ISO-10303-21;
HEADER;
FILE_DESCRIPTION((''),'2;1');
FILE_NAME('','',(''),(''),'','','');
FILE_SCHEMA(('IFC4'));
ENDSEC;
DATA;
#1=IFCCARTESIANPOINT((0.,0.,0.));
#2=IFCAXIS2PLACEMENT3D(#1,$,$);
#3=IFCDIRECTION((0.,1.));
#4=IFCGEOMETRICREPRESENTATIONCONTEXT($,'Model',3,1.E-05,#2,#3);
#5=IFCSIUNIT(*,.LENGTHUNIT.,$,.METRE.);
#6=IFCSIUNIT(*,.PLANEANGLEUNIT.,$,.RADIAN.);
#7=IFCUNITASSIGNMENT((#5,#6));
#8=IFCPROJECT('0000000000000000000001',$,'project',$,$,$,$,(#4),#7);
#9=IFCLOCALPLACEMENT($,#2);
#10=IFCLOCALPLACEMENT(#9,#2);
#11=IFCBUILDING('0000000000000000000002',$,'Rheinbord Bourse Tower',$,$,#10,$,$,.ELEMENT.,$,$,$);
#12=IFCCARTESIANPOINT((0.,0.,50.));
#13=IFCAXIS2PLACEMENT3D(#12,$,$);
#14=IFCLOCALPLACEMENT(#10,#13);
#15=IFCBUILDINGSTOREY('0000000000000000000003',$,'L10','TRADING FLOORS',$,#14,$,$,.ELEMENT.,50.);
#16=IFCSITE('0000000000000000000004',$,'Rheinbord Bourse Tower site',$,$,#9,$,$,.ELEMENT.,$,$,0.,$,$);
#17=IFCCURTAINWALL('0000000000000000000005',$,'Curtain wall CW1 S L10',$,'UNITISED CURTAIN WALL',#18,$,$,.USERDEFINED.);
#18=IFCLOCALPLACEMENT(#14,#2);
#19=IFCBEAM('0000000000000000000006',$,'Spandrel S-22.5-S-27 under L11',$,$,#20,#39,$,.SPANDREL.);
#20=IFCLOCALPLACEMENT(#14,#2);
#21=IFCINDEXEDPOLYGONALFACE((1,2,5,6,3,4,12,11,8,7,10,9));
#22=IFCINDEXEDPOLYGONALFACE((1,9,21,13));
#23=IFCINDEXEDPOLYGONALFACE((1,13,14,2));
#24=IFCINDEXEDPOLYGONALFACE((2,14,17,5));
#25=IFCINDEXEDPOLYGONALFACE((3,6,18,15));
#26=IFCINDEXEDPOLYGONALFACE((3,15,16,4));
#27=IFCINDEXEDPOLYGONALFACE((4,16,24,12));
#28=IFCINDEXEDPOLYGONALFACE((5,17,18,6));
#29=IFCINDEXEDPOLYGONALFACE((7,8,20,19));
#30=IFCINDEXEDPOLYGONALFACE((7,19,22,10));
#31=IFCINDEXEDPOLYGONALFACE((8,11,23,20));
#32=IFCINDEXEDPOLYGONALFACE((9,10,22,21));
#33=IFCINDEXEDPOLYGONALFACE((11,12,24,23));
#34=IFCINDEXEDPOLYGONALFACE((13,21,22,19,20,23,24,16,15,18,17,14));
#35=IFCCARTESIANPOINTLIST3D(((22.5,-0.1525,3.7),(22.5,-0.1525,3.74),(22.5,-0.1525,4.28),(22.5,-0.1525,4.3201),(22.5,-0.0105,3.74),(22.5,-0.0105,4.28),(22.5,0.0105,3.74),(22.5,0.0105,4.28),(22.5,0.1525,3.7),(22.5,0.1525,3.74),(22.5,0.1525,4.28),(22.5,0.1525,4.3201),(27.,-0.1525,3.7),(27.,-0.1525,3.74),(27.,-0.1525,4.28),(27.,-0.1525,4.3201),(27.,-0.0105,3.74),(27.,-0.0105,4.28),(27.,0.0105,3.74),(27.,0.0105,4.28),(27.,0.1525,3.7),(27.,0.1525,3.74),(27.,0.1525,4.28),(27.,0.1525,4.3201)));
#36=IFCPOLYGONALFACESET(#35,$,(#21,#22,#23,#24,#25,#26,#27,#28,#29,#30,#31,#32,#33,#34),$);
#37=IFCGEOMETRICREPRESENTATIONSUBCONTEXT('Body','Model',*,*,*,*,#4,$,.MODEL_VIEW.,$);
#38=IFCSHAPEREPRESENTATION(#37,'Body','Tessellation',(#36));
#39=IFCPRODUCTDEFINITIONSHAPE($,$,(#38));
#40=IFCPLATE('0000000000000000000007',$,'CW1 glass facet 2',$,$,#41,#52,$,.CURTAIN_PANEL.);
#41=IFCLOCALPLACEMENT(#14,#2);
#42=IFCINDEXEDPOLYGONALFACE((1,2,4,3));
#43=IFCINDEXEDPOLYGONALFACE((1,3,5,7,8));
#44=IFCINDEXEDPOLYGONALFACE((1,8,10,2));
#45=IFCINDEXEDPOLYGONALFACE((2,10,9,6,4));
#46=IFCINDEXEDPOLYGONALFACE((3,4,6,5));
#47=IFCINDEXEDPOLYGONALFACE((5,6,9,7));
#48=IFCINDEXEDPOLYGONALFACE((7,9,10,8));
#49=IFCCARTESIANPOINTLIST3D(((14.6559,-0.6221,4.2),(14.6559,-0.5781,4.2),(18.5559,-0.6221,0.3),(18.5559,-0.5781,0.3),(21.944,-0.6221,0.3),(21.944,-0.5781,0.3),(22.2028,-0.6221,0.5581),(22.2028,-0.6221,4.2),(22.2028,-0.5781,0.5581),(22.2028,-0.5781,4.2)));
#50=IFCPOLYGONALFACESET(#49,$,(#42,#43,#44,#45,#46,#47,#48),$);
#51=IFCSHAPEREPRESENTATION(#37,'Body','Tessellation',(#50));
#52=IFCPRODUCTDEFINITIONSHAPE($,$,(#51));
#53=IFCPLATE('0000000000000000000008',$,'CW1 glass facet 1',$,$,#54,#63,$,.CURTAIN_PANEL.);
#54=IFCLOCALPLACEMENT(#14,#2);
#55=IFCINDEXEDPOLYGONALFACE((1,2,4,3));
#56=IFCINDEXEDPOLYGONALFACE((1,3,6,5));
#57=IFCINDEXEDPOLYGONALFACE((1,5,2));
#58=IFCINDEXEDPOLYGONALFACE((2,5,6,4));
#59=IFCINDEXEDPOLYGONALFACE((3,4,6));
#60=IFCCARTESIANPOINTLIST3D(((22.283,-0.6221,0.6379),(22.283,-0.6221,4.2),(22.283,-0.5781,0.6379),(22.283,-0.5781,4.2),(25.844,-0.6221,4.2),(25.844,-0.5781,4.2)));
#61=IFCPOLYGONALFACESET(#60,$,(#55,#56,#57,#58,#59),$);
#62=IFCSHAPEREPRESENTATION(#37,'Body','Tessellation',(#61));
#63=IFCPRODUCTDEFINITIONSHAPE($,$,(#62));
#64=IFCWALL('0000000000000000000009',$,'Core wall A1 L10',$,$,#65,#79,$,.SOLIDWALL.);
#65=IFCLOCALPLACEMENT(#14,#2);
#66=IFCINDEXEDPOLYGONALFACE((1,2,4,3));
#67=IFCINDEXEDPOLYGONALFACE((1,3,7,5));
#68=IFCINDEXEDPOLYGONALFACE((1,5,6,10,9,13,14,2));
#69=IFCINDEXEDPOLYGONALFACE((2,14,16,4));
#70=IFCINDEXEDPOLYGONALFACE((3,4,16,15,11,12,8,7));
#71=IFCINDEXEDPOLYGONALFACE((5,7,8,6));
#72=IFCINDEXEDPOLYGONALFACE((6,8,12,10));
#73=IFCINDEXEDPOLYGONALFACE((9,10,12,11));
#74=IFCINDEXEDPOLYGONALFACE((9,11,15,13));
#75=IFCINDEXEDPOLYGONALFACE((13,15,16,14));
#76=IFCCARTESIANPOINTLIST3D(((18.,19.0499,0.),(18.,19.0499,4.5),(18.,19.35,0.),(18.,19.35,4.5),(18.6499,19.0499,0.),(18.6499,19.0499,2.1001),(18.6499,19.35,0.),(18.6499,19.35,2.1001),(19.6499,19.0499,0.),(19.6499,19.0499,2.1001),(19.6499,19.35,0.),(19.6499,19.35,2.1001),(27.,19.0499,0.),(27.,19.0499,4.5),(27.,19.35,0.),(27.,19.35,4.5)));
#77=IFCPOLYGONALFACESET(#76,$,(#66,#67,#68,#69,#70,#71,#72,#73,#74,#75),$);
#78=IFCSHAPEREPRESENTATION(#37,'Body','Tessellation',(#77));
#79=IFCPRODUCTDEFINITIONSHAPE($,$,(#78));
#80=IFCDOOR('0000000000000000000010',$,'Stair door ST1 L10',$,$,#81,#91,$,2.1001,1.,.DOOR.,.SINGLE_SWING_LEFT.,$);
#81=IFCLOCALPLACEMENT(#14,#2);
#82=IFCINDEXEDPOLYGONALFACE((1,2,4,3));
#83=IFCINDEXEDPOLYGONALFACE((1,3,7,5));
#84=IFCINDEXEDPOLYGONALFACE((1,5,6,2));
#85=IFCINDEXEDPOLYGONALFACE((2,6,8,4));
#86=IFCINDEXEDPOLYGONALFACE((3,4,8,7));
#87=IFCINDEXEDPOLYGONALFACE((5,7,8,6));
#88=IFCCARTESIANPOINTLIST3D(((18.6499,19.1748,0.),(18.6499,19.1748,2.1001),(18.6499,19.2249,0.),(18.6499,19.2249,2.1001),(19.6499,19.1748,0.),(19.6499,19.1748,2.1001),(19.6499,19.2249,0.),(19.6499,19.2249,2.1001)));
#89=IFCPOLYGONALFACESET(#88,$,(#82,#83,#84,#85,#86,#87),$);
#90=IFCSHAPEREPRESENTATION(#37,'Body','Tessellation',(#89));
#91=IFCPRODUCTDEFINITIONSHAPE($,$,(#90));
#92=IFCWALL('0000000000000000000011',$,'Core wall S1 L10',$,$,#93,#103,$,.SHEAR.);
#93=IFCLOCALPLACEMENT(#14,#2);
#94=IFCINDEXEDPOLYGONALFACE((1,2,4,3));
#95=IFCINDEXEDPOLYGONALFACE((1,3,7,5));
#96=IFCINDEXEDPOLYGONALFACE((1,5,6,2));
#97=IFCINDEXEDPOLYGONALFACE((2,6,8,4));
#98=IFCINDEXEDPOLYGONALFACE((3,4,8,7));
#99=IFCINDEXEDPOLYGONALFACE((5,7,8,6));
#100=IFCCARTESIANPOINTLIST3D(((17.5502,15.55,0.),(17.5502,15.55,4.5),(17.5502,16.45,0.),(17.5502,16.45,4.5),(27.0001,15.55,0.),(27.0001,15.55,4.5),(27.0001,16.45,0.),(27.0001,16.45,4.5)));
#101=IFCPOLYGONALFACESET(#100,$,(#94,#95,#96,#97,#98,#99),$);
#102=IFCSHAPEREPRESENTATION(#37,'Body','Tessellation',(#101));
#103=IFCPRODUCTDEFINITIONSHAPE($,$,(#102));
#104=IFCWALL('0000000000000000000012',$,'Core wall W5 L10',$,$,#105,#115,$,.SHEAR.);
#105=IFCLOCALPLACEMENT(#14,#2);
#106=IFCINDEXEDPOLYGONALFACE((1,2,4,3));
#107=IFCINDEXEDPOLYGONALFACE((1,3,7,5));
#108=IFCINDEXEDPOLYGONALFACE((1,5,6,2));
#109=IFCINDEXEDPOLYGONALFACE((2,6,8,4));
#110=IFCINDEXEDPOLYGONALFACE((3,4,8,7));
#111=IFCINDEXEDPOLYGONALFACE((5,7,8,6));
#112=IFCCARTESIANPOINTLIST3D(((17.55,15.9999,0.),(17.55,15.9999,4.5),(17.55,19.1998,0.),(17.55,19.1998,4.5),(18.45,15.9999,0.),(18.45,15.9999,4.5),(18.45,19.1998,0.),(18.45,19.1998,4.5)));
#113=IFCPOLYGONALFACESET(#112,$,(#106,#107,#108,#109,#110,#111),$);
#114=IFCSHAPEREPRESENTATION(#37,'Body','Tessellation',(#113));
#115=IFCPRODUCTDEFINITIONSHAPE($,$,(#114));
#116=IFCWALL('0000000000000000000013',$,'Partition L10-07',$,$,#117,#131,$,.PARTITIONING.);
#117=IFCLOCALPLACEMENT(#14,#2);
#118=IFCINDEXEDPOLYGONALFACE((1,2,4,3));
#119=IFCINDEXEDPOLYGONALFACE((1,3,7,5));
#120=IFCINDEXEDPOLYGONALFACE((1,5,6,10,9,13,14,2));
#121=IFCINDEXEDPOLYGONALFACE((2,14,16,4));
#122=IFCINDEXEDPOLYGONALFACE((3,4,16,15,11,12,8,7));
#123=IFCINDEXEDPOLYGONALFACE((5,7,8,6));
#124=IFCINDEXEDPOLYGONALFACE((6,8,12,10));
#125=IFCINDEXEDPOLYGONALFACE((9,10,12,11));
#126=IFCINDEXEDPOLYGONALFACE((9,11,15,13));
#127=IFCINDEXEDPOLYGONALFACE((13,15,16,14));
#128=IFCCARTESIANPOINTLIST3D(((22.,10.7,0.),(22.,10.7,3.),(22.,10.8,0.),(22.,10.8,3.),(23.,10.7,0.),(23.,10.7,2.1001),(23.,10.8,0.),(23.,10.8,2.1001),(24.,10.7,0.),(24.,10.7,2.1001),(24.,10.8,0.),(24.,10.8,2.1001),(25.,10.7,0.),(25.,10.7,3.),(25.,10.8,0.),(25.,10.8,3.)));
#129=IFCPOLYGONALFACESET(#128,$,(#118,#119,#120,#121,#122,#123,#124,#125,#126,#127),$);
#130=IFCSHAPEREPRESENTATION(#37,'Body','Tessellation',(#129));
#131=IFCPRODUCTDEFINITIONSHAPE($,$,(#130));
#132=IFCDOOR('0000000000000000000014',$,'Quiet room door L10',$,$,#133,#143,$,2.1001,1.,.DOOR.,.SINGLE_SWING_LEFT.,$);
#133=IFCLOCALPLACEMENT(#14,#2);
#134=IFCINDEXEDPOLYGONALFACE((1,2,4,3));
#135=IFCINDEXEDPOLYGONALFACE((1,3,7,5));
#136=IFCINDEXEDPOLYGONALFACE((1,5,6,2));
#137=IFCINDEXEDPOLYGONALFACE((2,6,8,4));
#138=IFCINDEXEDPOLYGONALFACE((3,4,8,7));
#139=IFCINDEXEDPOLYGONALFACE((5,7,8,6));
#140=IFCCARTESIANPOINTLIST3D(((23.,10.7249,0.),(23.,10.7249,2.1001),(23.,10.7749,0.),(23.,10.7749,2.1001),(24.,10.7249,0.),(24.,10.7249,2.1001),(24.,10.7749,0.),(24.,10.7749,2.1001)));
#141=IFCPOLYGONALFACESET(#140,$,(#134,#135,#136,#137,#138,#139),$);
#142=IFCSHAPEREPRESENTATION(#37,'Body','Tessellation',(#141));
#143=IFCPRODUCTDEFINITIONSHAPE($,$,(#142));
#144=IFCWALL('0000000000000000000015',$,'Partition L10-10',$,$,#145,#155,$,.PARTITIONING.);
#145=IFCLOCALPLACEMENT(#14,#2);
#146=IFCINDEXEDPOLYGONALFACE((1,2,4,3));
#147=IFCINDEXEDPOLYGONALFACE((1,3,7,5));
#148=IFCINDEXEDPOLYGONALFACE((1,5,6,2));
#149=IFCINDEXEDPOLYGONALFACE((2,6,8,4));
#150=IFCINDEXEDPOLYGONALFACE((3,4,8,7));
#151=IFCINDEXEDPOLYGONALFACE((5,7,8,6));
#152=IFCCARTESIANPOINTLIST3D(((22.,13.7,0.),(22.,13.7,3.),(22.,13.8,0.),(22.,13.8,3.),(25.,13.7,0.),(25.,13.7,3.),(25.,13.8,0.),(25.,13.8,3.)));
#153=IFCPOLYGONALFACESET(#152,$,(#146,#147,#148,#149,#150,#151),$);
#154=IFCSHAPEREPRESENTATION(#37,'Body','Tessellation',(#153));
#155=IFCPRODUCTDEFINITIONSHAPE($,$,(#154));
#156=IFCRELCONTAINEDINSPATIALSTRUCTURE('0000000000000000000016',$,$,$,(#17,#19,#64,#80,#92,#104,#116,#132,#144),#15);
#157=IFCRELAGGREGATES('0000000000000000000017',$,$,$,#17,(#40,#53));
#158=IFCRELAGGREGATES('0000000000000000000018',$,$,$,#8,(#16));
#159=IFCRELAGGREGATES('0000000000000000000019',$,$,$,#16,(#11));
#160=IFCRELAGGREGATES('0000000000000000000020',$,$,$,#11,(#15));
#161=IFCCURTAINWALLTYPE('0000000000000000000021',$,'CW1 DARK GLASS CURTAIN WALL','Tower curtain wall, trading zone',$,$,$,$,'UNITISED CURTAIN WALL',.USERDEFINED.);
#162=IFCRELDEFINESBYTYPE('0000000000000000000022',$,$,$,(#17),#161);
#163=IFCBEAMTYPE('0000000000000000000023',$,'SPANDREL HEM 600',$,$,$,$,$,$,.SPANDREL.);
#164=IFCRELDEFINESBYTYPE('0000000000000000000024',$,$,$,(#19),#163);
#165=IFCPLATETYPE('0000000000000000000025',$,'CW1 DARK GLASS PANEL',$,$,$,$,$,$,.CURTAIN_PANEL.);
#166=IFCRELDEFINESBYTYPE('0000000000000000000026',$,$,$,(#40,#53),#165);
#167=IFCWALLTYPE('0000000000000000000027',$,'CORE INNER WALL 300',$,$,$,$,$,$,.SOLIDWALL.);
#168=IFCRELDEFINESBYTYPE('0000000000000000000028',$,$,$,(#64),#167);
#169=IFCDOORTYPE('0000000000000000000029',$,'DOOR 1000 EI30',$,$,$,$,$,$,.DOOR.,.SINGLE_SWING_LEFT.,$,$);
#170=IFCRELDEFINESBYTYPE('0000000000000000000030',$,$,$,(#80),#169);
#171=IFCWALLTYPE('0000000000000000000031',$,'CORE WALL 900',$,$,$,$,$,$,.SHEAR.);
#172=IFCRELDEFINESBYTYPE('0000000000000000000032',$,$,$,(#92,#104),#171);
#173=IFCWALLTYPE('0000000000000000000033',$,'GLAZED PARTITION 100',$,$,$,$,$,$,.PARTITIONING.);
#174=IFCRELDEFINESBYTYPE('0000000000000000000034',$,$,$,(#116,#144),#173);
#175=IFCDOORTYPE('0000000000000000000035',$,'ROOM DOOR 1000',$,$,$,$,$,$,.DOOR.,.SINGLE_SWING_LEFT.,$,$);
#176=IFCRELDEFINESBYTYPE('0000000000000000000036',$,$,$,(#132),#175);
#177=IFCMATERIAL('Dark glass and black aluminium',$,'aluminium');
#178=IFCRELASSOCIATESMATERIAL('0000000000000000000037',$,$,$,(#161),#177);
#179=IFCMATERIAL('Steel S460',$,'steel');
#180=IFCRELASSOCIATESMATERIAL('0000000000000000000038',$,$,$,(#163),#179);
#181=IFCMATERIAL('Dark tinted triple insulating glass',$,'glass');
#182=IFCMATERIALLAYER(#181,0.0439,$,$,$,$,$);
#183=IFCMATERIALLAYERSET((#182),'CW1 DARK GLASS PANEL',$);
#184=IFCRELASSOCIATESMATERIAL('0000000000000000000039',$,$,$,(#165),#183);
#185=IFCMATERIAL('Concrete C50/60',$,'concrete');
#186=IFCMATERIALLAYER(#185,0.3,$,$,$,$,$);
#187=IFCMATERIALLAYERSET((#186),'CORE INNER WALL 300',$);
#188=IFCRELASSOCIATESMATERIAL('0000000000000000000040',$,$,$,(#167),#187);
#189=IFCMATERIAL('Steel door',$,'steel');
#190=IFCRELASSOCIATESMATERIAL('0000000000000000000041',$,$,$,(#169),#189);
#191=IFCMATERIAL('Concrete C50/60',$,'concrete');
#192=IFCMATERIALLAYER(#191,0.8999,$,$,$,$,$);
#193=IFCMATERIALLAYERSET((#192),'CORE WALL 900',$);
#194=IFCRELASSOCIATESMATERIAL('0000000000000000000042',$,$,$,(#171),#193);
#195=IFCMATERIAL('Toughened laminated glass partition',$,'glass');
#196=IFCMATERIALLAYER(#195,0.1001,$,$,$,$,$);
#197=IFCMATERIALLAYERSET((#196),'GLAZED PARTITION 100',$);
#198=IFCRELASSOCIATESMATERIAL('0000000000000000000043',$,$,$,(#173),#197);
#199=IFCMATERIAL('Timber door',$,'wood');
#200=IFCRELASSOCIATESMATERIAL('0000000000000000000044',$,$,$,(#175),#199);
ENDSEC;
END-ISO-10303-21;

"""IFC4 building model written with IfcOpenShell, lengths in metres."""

from ifc_helpers import new_model, si_unit, direction, frame, frame_2d, origin, origin_2d, place, context, subcontext, project, spatial, polyline, rectangle, i_section, outline, extrude, material, layer, layer_set, material_profile, profile_set, type_object, element, fill, aggregate, save


model = new_model("IFC4")

# Units and contexts
model_context = context("Model", 3, precision=1e-05, world=origin(), true_north=direction((0.0, 1.0)))
body_context = subcontext(model_context, "Body", "Model", "MODEL_VIEW")
ifc_project = project(units=[si_unit("LENGTHUNIT", "METRE"), si_unit("PLANEANGLEUNIT", "RADIAN")], contexts=[model_context])

# Site, building, storey
site_placement = place(None, origin())
site = spatial("IfcSite", under=ifc_project, at=site_placement, Name="Rheinbord Bourse Tower site", CompositionType="ELEMENT", RefElevation=0.0)
building_placement = place(site_placement, origin())
building = spatial("IfcBuilding", under=site, at=building_placement, Name="Rheinbord Bourse Tower", CompositionType="ELEMENT")
storey_placement = place(building_placement, frame((0.0, 0.0, 50.0)))
storey = spatial("IfcBuildingStorey", under=building, at=storey_placement, Name="L10", Description="TRADING FLOORS", CompositionType="ELEMENT", Elevation=50.0)

# Curtain wall
ifc_material_1 = material(Name="Dark glass and black aluminium", Category="aluminium")
curtain_wall_type = type_object("IfcCurtainWallType", Name="CW1 DARK GLASS CURTAIN WALL", Description="Tower curtain wall, trading zone", ElementType="UNITISED CURTAIN WALL", PredefinedType="USERDEFINED", material=ifc_material_1)
curtain_wall_placement = place(storey_placement, origin())
curtain_wall = element("IfcCurtainWall", 1, at=curtain_wall_placement, inside=storey, type_object=curtain_wall_type, Name="Curtain wall CW1 S L10", ObjectType="UNITISED CURTAIN WALL", PredefinedType="USERDEFINED")

# Beam
ifc_material_2 = material(Name="Steel S460", Category="steel")
ifc_material_profile_1 = material_profile(ifc_material_2, i_section(OverallWidth=0.3049, OverallDepth=0.6201, WebThickness=0.021, FlangeThickness=0.04, at=origin_2d()), Name="HEM 600")
ifc_profile_set_1 = profile_set([ifc_material_profile_1], Name="Steel S460")
beam_type_1 = type_object("IfcBeamType", Name="SPANDREL HEM 600", PredefinedType="SPANDREL", material=ifc_profile_set_1)
for number, where, z_axis, x_axis, name in (
    (2, (22.5, 0.0, 4.01), (1.0, 0.0, 0.0), (0.0, 1.0, 0.0), "Spandrel S-22.5-S-27 under L11"),
):
    element("IfcBeam", number, at=place(storey_placement, frame(where, z_axis=z_axis, x_axis=x_axis)), inside=storey, type_object=beam_type_1, Name=name, PredefinedType="SPANDREL", context=body_context, shape_type="SweptSolid", body=[
        extrude(i_section(OverallWidth=0.3049, OverallDepth=0.6201, WebThickness=0.021, FlangeThickness=0.04, at=origin_2d()), origin(), (0.0, 0.0, 1.0), 4.5),
    ])

# Plates
ifc_material_3 = material(Name="Dark tinted triple insulating glass", Category="glass")
ifc_layer_1 = layer(ifc_material_3, 0.0439)
ifc_layer_set_1 = layer_set([ifc_layer_1], Name="CW1 DARK GLASS PANEL")
plate_type = type_object("IfcPlateType", Name="CW1 DARK GLASS PANEL", PredefinedType="CURTAIN_PANEL", material=ifc_layer_set_1)
plate_1_placement = place(storey_placement, frame((18.5559, -0.6221, 0.3), z_axis=(0.0, 1.0, 0.0), x_axis=(-0.707107, 0.0, 0.707107)))
plate_1 = element("IfcPlate", 3, at=plate_1_placement, type_object=plate_type, Name="CW1 glass facet 2", PredefinedType="CURTAIN_PANEL", context=body_context, shape_type="SweptSolid", body=[
    extrude(outline(polyline([(0.0, 0.0), (5.5154, 0.0), (0.179, 5.3364), (-2.3962, 2.7612), (-2.3958, 2.3958), (0.0, 0.0)])), origin(), (0.0, 0.0, 1.0), 0.0439),
])
plate_2_placement = place(storey_placement, frame((22.283, -0.6221, 4.2), z_axis=(0.0, 1.0, 0.0), x_axis=(1.0, 0.0, 0.0)))
plate_2 = element("IfcPlate", 4, at=plate_2_placement, type_object=plate_type, Name="CW1 glass facet 1", PredefinedType="CURTAIN_PANEL", context=body_context, shape_type="SweptSolid", body=[
    extrude(outline(polyline([(0.0, 0.0), (3.561, 0.0), (0.0, 3.562), (0.0, 0.0)])), origin(), (0.0, 0.0, 1.0), 0.0439),
])
aggregate(curtain_wall, [plate_1, plate_2])

# Wall, opening, door
ifc_material_4 = material(Name="Concrete C50/60", Category="concrete")
ifc_layer_2 = layer(ifc_material_4, 0.3)
ifc_layer_set_2 = layer_set([ifc_layer_2], Name="CORE INNER WALL 300")
wall_type_1 = type_object("IfcWallType", Name="CORE INNER WALL 300", PredefinedType="SOLIDWALL", material=ifc_layer_set_2)
wall_1_placement = place(storey_placement, frame((18.0, 19.2, 0.0), z_axis=(0.0, 0.0, 1.0), x_axis=(1.0, 0.0, 0.0)))
wall_1 = element("IfcWall", 5, at=wall_1_placement, inside=storey, type_object=wall_type_1, Name="Core wall A1 L10", PredefinedType="SOLIDWALL", context=body_context, shape_type="SweptSolid", body=[
    extrude(rectangle(XDim=9.0, YDim=0.3, at=frame_2d((4.5, 0.0))), origin(), (0.0, 0.0, 1.0), 4.5),
])
opening_1_placement = place(wall_1_placement, frame((0.6499, 0.0, 0.0)))
opening_1 = element("IfcOpeningElement", 6, at=opening_1_placement, cuts=wall_1, PredefinedType="OPENING", context=body_context, shape_type="SweptSolid", body=[
    extrude(rectangle(XDim=1.0, YDim=2.1001, at=frame_2d((0.5, 1.05))), frame((0.0, 0.1599, 0.0), z_axis=(0.0, -1.0, 0.0), x_axis=(1.0, 0.0, 0.0)), (0.0, 0.0, 1.0), 0.3201),
])
ifc_material_5 = material(Name="Steel door", Category="steel")
door_type_1 = type_object("IfcDoorType", Name="DOOR 1000 EI30", OperationType="SINGLE_SWING_LEFT", PredefinedType="DOOR", material=ifc_material_5)
door_1_placement = place(opening_1_placement, origin())
door_1 = element("IfcDoor", 7, at=door_1_placement, inside=storey, type_object=door_type_1, Name="Stair door ST1 L10", OperationType="SINGLE_SWING_LEFT", OverallHeight=2.1001, OverallWidth=1.0, PredefinedType="DOOR", context=body_context, shape_type="SweptSolid", body=[
    extrude(rectangle(XDim=1.0, YDim=2.1001, at=frame_2d((0.5, 1.05))), frame((0.0, 0.0249, 0.0), z_axis=(0.0, -1.0, 0.0), x_axis=(1.0, 0.0, 0.0)), (0.0, 0.0, 1.0), 0.05),
])
fill(opening_1, door_1)

# Walls
ifc_material_6 = material(Name="Concrete C50/60", Category="concrete")
ifc_layer_3 = layer(ifc_material_6, 0.8999)
ifc_layer_set_3 = layer_set([ifc_layer_3], Name="CORE WALL 900")
wall_type_2 = type_object("IfcWallType", Name="CORE WALL 900", PredefinedType="SHEAR", material=ifc_layer_set_3)
wall_2_placement = place(storey_placement, frame((17.55, 16.0, 0.0), z_axis=(0.0, 0.0, 1.0), x_axis=(1.0, 0.0, 0.0)))
element("IfcWall", 8, at=wall_2_placement, inside=storey, type_object=wall_type_2, Name="Core wall S1 L10", PredefinedType="SHEAR", context=body_context, shape_type="SweptSolid", body=[
    extrude(rectangle(XDim=9.45, YDim=0.8999, at=frame_2d((4.7251, 0.0))), origin(), (0.0, 0.0, 1.0), 4.5),
])
wall_3_placement = place(storey_placement, frame((18.0, 19.2, 0.0), z_axis=(0.0, 0.0, 1.0), x_axis=(0.0, -1.0, 0.0)))
element("IfcWall", 9, at=wall_3_placement, inside=storey, type_object=wall_type_2, Name="Core wall W5 L10", PredefinedType="SHEAR", context=body_context, shape_type="SweptSolid", body=[
    extrude(rectangle(XDim=3.2, YDim=0.8999, at=frame_2d((1.6001, 0.0))), origin(), (0.0, 0.0, 1.0), 4.5),
])

# Wall, opening, door
ifc_material_7 = material(Name="Toughened laminated glass partition", Category="glass")
ifc_layer_4 = layer(ifc_material_7, 0.1001)
ifc_layer_set_4 = layer_set([ifc_layer_4], Name="GLAZED PARTITION 100")
wall_type_3 = type_object("IfcWallType", Name="GLAZED PARTITION 100", PredefinedType="PARTITIONING", material=ifc_layer_set_4)
wall_4_placement = place(storey_placement, frame((22.0, 10.75, 0.0), z_axis=(0.0, 0.0, 1.0), x_axis=(1.0, 0.0, 0.0)))
wall_4 = element("IfcWall", 10, at=wall_4_placement, inside=storey, type_object=wall_type_3, Name="Partition L10-07", PredefinedType="PARTITIONING", context=body_context, shape_type="SweptSolid", body=[
    extrude(rectangle(XDim=3.0, YDim=0.1001, at=frame_2d((1.5, 0.0))), origin(), (0.0, 0.0, 1.0), 3.0),
])
opening_2_placement = place(wall_4_placement, frame((1.0, 0.0, 0.0)))
opening_2 = element("IfcOpeningElement", 11, at=opening_2_placement, cuts=wall_4, PredefinedType="OPENING", context=body_context, shape_type="SweptSolid", body=[
    extrude(rectangle(XDim=1.0, YDim=2.1001, at=frame_2d((0.5, 1.05))), frame((0.0, 0.0601, 0.0), z_axis=(0.0, -1.0, 0.0), x_axis=(1.0, 0.0, 0.0)), (0.0, 0.0, 1.0), 0.1201),
])
ifc_material_8 = material(Name="Timber door", Category="wood")
door_type_2 = type_object("IfcDoorType", Name="ROOM DOOR 1000", OperationType="SINGLE_SWING_LEFT", PredefinedType="DOOR", material=ifc_material_8)
door_2_placement = place(opening_2_placement, origin())
door_2 = element("IfcDoor", 12, at=door_2_placement, inside=storey, type_object=door_type_2, Name="Quiet room door L10", OperationType="SINGLE_SWING_LEFT", OverallHeight=2.1001, OverallWidth=1.0, PredefinedType="DOOR", context=body_context, shape_type="SweptSolid", body=[
    extrude(rectangle(XDim=1.0, YDim=2.1001, at=frame_2d((0.5, 1.05))), frame((0.0, 0.0249, 0.0), z_axis=(0.0, -1.0, 0.0), x_axis=(1.0, 0.0, 0.0)), (0.0, 0.0, 1.0), 0.05),
])
fill(opening_2, door_2)

# Wall
wall_5_placement = place(storey_placement, frame((22.0, 13.75, 0.0), z_axis=(0.0, 0.0, 1.0), x_axis=(1.0, 0.0, 0.0)))
element("IfcWall", 13, at=wall_5_placement, inside=storey, type_object=wall_type_3, Name="Partition L10-10", PredefinedType="PARTITIONING", context=body_context, shape_type="SweptSolid", body=[
    extrude(rectangle(XDim=3.0, YDim=0.1001, at=frame_2d((1.5, 0.0))), origin(), (0.0, 0.0, 1.0), 3.0),
])

save(model, "model.ifc")
